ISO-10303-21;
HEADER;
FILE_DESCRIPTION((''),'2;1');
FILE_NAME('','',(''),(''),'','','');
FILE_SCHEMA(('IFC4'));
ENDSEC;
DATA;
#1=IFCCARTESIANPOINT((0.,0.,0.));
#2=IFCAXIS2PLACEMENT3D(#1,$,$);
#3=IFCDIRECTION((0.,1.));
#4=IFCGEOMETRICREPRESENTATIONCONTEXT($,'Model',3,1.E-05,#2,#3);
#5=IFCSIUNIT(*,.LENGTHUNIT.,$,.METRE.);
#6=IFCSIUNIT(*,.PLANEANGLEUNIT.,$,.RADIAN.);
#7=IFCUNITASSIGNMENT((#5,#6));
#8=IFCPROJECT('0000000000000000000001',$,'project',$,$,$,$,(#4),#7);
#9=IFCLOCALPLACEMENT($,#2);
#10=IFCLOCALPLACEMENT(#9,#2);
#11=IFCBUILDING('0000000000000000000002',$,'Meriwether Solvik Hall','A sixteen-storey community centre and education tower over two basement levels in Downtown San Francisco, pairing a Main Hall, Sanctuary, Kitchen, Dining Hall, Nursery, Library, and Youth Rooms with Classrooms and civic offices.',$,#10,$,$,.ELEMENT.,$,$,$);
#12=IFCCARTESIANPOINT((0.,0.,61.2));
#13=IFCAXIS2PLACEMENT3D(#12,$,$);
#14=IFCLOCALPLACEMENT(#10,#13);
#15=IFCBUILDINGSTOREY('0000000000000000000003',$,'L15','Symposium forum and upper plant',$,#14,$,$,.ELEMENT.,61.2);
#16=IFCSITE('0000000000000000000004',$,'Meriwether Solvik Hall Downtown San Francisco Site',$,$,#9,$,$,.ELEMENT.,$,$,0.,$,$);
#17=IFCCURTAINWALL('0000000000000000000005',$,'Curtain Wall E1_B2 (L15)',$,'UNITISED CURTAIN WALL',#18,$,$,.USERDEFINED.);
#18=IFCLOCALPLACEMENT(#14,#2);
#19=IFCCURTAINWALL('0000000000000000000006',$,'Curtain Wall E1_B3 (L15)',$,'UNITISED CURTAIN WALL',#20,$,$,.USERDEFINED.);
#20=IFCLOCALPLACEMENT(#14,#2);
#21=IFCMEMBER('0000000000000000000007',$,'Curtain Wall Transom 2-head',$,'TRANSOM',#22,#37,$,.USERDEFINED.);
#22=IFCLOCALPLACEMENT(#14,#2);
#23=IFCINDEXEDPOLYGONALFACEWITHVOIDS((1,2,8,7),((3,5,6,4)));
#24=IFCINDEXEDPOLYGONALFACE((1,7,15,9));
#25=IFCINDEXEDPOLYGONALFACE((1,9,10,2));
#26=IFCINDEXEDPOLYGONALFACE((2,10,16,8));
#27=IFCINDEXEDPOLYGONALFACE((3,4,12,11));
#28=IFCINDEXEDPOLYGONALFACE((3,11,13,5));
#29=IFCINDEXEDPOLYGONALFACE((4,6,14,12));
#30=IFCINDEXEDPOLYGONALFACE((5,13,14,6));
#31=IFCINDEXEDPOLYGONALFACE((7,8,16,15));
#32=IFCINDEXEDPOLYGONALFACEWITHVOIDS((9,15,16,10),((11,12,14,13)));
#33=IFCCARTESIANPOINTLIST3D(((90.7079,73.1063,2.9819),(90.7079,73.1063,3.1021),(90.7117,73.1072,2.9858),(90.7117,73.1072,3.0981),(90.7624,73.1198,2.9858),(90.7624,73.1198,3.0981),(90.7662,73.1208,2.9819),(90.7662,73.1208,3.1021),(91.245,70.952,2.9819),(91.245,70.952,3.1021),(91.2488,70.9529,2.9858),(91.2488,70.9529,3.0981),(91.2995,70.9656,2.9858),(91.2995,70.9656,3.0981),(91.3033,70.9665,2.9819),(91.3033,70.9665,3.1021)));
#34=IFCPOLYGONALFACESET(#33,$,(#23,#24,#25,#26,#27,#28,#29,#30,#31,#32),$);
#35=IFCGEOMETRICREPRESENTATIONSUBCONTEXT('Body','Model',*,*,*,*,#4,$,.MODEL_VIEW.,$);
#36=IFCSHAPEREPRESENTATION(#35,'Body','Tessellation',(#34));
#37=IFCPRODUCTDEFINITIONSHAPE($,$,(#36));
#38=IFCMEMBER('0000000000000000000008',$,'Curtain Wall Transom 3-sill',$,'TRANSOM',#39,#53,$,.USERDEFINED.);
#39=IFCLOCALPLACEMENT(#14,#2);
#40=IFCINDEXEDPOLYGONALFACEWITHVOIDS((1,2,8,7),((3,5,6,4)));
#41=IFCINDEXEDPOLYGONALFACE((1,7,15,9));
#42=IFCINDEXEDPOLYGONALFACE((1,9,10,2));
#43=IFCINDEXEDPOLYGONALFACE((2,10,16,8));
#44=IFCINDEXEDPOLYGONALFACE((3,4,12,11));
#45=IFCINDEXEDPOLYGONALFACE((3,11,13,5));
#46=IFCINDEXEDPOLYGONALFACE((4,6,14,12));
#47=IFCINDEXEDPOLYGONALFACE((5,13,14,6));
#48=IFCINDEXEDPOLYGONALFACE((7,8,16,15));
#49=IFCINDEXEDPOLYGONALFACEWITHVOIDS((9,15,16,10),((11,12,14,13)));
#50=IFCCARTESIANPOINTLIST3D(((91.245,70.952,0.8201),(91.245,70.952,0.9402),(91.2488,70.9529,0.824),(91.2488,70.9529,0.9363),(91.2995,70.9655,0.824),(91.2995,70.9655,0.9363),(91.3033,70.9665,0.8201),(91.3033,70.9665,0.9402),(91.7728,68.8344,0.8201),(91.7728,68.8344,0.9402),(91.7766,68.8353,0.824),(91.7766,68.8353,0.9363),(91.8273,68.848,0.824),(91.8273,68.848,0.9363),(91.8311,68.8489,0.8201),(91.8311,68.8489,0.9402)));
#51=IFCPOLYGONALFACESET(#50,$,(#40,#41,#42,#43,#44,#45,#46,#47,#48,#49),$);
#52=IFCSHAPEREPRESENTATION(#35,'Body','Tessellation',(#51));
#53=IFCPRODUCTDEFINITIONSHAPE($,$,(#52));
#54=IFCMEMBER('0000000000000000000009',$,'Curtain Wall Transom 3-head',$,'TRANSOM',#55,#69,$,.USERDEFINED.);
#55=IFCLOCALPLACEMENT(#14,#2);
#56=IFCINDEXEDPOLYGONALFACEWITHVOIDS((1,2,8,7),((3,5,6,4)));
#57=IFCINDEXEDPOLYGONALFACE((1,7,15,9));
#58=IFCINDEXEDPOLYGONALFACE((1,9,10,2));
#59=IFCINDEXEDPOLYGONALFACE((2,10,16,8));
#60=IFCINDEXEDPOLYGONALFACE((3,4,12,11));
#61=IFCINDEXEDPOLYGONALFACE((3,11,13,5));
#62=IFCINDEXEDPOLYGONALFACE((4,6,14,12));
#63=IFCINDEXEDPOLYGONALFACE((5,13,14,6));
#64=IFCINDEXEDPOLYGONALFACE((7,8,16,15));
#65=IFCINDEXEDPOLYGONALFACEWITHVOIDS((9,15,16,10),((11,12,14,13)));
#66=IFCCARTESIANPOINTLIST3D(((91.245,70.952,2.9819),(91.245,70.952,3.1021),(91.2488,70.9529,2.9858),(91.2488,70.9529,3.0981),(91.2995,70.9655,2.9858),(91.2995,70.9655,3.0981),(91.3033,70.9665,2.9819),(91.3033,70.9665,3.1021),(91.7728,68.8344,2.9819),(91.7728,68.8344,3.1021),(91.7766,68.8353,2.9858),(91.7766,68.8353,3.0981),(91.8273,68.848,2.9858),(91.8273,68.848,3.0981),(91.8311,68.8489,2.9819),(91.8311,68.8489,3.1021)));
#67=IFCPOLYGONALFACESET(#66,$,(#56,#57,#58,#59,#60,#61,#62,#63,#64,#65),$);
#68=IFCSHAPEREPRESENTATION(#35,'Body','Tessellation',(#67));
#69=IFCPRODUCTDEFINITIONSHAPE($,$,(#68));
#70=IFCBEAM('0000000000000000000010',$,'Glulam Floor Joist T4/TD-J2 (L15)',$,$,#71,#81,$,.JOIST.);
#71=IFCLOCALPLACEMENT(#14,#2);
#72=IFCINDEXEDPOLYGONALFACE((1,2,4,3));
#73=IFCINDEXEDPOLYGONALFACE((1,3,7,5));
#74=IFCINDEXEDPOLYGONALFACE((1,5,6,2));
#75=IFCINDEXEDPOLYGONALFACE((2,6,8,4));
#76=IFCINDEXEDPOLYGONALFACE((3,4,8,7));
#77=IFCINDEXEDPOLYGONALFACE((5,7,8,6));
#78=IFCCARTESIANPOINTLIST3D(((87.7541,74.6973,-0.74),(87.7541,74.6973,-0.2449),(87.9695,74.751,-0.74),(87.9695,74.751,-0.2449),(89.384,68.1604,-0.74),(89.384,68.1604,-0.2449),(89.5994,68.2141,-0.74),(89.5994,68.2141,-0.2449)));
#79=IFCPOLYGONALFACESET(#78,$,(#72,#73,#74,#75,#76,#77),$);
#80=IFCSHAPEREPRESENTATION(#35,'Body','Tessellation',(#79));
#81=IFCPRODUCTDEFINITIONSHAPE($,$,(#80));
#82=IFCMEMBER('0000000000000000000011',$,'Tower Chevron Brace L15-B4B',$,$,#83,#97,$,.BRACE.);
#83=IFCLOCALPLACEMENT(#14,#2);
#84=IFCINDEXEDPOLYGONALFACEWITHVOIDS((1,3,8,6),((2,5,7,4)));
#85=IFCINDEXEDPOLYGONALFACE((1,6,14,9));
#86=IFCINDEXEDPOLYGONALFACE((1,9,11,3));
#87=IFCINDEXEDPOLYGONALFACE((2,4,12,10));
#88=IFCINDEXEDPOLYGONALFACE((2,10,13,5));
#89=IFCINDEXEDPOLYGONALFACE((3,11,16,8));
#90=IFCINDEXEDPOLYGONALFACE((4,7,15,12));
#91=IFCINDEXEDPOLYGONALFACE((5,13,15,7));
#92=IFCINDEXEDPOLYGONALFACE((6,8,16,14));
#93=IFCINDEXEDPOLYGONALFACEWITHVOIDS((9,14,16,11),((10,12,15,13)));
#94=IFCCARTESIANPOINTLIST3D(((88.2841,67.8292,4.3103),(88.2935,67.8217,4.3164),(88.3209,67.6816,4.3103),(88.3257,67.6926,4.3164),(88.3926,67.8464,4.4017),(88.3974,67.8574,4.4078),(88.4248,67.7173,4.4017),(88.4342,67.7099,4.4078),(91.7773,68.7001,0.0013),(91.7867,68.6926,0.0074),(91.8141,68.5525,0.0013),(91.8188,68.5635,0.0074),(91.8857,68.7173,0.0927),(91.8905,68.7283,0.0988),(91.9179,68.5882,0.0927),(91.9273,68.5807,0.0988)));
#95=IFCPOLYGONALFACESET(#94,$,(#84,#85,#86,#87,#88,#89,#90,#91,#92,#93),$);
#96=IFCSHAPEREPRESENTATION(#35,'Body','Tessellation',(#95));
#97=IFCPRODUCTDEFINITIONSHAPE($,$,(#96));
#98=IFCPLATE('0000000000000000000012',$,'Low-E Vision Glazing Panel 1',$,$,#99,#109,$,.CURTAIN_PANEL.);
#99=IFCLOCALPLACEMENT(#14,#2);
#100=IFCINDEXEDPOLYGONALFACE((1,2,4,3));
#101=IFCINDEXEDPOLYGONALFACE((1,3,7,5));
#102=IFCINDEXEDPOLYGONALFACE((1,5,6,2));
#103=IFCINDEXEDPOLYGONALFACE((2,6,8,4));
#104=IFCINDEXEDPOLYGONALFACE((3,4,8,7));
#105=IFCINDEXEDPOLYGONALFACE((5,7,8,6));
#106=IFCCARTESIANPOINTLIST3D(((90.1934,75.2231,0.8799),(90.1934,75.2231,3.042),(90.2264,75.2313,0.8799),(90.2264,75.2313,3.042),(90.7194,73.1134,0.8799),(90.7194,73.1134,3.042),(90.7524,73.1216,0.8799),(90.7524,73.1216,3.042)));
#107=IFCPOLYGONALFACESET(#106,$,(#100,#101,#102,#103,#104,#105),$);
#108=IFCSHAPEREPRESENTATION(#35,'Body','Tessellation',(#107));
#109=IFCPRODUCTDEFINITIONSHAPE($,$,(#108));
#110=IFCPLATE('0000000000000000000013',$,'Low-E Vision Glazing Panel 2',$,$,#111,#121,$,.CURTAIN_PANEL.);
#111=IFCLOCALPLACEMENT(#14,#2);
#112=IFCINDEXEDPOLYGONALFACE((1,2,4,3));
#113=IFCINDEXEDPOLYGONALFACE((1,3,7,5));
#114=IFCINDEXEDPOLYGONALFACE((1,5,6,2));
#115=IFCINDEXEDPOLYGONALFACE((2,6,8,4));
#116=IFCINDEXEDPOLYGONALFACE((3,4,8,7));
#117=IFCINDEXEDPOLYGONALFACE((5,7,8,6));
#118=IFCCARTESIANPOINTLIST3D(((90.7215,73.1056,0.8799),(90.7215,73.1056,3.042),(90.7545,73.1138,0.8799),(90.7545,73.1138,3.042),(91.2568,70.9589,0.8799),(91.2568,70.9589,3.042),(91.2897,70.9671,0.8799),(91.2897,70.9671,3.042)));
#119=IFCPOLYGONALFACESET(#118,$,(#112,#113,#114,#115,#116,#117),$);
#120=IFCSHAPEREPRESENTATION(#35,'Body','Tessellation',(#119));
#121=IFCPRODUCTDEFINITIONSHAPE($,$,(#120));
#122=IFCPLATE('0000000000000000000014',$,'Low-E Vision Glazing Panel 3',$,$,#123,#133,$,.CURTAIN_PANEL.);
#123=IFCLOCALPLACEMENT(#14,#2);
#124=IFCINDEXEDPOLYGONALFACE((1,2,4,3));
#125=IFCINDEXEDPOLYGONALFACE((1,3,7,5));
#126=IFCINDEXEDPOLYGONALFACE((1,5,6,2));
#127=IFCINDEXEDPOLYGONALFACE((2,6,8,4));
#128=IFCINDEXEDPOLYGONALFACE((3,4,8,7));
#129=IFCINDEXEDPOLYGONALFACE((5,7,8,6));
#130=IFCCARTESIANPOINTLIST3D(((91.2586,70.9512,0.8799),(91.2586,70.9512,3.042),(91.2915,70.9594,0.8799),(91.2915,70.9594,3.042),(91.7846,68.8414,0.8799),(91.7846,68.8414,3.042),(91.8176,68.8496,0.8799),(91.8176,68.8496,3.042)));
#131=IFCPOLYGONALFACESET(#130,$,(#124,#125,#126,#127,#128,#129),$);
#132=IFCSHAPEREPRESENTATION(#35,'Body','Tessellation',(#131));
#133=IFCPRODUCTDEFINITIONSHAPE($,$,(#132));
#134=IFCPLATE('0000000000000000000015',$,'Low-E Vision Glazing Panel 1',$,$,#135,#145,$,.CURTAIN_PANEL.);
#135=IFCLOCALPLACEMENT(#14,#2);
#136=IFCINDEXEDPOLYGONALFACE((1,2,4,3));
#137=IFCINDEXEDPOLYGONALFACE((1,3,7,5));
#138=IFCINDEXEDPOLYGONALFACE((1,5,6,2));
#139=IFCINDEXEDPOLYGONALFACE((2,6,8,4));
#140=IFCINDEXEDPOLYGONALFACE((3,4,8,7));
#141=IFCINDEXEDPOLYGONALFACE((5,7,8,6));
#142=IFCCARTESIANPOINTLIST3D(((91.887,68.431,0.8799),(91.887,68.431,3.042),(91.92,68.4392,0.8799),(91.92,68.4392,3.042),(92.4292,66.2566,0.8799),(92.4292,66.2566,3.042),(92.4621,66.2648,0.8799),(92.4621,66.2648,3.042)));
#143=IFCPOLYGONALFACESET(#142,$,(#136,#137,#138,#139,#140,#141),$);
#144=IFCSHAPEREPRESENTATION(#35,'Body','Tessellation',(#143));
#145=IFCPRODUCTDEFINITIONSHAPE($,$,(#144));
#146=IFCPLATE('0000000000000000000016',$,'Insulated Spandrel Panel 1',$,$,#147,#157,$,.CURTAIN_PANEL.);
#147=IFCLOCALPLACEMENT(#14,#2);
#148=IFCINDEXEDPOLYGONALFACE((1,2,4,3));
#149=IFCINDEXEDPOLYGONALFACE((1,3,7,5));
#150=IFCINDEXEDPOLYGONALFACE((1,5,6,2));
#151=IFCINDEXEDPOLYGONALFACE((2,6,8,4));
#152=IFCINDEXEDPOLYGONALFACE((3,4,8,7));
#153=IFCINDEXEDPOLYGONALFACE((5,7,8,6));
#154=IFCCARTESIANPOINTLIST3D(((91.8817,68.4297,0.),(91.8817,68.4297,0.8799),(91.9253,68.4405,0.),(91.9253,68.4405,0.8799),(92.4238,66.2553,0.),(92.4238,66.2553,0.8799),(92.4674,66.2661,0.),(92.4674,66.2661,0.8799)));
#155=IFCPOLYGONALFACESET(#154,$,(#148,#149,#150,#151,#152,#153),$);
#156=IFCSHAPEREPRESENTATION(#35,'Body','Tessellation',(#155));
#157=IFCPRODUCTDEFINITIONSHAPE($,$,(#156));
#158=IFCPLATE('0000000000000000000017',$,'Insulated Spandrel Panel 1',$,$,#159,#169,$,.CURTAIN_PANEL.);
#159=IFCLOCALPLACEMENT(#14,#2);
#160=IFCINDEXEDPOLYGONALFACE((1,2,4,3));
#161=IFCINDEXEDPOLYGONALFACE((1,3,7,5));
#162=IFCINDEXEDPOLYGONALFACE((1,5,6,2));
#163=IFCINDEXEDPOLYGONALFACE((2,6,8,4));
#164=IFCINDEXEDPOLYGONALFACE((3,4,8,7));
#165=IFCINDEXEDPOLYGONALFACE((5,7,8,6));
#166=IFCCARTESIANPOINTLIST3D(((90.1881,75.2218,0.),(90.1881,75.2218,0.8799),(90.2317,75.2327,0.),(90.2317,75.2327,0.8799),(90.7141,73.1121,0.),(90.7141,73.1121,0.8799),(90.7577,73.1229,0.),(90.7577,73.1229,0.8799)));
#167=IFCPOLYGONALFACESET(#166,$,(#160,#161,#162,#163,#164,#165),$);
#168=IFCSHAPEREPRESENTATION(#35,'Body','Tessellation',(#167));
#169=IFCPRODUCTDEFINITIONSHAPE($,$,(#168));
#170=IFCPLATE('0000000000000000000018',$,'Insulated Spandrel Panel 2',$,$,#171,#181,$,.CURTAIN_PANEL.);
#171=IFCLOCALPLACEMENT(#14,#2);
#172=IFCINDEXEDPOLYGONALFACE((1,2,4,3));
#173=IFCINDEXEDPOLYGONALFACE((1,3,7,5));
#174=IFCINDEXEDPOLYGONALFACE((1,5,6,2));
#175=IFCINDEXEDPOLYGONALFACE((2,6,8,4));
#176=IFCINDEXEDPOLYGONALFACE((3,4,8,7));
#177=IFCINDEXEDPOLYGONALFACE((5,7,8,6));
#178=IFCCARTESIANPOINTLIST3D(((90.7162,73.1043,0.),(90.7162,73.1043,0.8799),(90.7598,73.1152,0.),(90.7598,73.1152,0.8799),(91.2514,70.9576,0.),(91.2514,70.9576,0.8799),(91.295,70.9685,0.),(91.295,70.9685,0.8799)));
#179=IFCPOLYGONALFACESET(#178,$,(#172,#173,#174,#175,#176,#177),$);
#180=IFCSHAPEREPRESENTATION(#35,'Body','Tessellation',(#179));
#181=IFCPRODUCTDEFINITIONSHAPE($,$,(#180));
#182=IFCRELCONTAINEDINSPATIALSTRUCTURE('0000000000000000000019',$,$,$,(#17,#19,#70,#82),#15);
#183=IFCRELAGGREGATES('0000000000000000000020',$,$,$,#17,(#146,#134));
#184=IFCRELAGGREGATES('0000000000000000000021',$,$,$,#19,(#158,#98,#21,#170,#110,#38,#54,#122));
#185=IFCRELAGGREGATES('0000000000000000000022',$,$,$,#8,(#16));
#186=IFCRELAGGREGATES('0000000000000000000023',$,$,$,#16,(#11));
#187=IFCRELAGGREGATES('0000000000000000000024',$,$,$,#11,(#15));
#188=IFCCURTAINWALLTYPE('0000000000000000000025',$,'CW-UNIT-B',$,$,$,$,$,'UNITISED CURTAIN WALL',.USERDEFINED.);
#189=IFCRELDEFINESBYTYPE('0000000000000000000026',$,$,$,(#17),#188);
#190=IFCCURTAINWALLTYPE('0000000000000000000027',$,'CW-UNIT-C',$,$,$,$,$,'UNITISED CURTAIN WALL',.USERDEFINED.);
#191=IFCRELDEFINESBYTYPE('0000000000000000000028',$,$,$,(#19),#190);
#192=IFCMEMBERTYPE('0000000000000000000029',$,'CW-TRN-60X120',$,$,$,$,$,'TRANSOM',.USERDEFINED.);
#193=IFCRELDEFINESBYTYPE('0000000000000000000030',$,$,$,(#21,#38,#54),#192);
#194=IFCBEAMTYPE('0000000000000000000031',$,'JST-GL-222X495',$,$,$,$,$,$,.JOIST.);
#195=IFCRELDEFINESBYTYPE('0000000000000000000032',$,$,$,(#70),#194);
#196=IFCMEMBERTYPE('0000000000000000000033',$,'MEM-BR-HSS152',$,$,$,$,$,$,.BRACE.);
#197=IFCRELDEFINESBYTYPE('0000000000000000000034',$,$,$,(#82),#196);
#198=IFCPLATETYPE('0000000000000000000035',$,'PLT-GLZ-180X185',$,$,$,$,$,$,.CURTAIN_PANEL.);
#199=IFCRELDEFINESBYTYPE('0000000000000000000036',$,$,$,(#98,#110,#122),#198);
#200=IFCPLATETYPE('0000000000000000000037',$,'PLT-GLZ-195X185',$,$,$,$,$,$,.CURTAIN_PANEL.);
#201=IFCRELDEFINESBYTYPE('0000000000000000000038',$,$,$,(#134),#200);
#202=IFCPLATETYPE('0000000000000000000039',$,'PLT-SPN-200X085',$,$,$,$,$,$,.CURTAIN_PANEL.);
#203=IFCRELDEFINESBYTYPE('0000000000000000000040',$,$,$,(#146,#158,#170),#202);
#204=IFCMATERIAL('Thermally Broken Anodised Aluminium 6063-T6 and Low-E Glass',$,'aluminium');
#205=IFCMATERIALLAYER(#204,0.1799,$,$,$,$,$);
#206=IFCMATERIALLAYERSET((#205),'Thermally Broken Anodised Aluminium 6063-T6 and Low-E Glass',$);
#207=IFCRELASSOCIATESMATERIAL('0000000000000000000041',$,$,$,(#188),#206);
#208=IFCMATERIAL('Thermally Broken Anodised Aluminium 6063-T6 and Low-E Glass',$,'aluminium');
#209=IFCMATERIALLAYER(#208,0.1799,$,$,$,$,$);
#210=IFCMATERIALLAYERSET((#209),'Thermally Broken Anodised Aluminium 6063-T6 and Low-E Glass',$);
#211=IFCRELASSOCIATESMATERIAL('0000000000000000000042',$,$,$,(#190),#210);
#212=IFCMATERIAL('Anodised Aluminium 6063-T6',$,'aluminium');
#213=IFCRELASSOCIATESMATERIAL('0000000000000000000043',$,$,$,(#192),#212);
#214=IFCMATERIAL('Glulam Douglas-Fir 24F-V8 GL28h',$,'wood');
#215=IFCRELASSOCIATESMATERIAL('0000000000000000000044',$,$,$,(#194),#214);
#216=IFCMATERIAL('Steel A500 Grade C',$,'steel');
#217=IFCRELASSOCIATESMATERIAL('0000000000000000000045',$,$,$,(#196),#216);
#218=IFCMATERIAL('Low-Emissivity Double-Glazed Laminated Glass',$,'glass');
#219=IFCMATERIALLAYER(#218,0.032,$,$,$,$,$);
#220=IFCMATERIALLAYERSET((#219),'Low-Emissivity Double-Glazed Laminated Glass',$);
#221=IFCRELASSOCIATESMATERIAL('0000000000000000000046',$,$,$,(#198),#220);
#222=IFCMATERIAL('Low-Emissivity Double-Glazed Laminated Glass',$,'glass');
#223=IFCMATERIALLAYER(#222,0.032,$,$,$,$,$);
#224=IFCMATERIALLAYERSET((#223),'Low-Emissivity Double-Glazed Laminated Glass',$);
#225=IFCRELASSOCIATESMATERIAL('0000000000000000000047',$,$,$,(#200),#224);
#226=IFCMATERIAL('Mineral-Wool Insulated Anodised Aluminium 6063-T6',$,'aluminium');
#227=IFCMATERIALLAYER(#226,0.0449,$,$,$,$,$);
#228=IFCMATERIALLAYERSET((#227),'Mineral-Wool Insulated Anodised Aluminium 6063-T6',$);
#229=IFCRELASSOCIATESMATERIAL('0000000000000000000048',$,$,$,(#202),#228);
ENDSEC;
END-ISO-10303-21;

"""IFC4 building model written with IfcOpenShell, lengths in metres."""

from ifc_helpers import new_model, si_unit, direction, frame, origin, origin_2d, place, context, subcontext, project, spatial, rectangle, hollow_rectangle, extrude, material, layer, layer_set, material_profile, profile_set, type_object, element, aggregate, save


model = new_model("IFC4")

# Units and contexts
model_context = context("Model", 3, precision=1e-05, world=origin(), true_north=direction((0.0, 1.0)))
body_context = subcontext(model_context, "Body", "Model", "MODEL_VIEW")
ifc_project = project(units=[si_unit("LENGTHUNIT", "METRE"), si_unit("PLANEANGLEUNIT", "RADIAN")], contexts=[model_context])

# Site, building, storey
site_placement = place(None, origin())
site = spatial("IfcSite", under=ifc_project, at=site_placement, Name="Meriwether Solvik Hall Downtown San Francisco Site", CompositionType="ELEMENT", RefElevation=0.0)
building_placement = place(site_placement, origin())
building = spatial("IfcBuilding", under=site, at=building_placement, Name="Meriwether Solvik Hall", Description="A sixteen-storey community centre and education tower over two basement levels in Downtown San Francisco, pairing a Main Hall, Sanctuary, Kitchen, Dining Hall, Nursery, Library, and Youth Rooms with Classrooms and civic offices.", CompositionType="ELEMENT")
storey_placement = place(building_placement, frame((0.0, 0.0, 61.2)))
storey = spatial("IfcBuildingStorey", under=building, at=storey_placement, Name="L15", Description="Symposium forum and upper plant", CompositionType="ELEMENT", Elevation=61.2)

# Curtain wall
ifc_material_1 = material(Name="Thermally Broken Anodised Aluminium 6063-T6 and Low-E Glass", Category="aluminium")
ifc_layer_1 = layer(ifc_material_1, 0.1799)
ifc_layer_set_1 = layer_set([ifc_layer_1], Name="Thermally Broken Anodised Aluminium 6063-T6 and Low-E Glass")
curtain_wall_type_1 = type_object("IfcCurtainWallType", Name="CW-UNIT-B", ElementType="UNITISED CURTAIN WALL", PredefinedType="USERDEFINED", material=ifc_layer_set_1)
curtain_wall_1_placement = place(storey_placement, origin())
curtain_wall_1 = element("IfcCurtainWall", 1, at=curtain_wall_1_placement, inside=storey, type_object=curtain_wall_type_1, Name="Curtain Wall E1_B2 (L15)", ObjectType="UNITISED CURTAIN WALL", PredefinedType="USERDEFINED")

# Curtain wall
ifc_material_2 = material(Name="Thermally Broken Anodised Aluminium 6063-T6 and Low-E Glass", Category="aluminium")
ifc_layer_2 = layer(ifc_material_2, 0.1799)
ifc_layer_set_2 = layer_set([ifc_layer_2], Name="Thermally Broken Anodised Aluminium 6063-T6 and Low-E Glass")
curtain_wall_type_2 = type_object("IfcCurtainWallType", Name="CW-UNIT-C", ElementType="UNITISED CURTAIN WALL", PredefinedType="USERDEFINED", material=ifc_layer_set_2)
curtain_wall_2_placement = place(storey_placement, origin())
curtain_wall_2 = element("IfcCurtainWall", 2, at=curtain_wall_2_placement, inside=storey, type_object=curtain_wall_type_2, Name="Curtain Wall E1_B3 (L15)", ObjectType="UNITISED CURTAIN WALL", PredefinedType="USERDEFINED")

# Members
ifc_material_3 = material(Name="Anodised Aluminium 6063-T6", Category="aluminium")
ifc_material_profile_1 = material_profile(ifc_material_3, hollow_rectangle(XDim=0.0601, YDim=0.1201, WallThickness=0.0039, at=origin_2d()), Name="CWT-60X120")
ifc_profile_set_1 = profile_set([ifc_material_profile_1], Name="Anodised Aluminium 6063-T6")
member_type_1 = type_object("IfcMemberType", Name="CW-TRN-60X120", ElementType="TRANSOM", PredefinedType="USERDEFINED", material=ifc_profile_set_1)
member_1_placement = place(storey_placement, frame((90.7371, 73.1135, 3.042), z_axis=(0.241915, -0.970298, 0.0), x_axis=(0.970298, 0.241915, 0.0)))
member_1 = element("IfcMember", 3, at=member_1_placement, type_object=member_type_1, Name="Curtain Wall Transom 2-head", ObjectType="TRANSOM", PredefinedType="USERDEFINED", context=body_context, shape_type="SweptSolid", body=[
    extrude(hollow_rectangle(XDim=0.0601, YDim=0.1201, WallThickness=0.0039, at=origin_2d()), origin(), (0.0, 0.0, 1.0), 2.2202),
])
member_2_placement = place(storey_placement, frame((91.2742, 70.9592, 0.8801), z_axis=(0.241851, -0.970313, 0.0), x_axis=(0.970313, 0.241851, 0.0)))
member_2 = element("IfcMember", 4, at=member_2_placement, type_object=member_type_1, Name="Curtain Wall Transom 3-sill", ObjectType="TRANSOM", PredefinedType="USERDEFINED", context=body_context, shape_type="SweptSolid", body=[
    extrude(hollow_rectangle(XDim=0.0601, YDim=0.1201, WallThickness=0.0039, at=origin_2d()), origin(), (0.0, 0.0, 1.0), 2.1824),
])
member_3_placement = place(storey_placement, frame((91.2742, 70.9592, 3.042), z_axis=(0.241851, -0.970313, 0.0), x_axis=(0.970313, 0.241851, 0.0)))
member_3 = element("IfcMember", 5, at=member_3_placement, type_object=member_type_1, Name="Curtain Wall Transom 3-head", ObjectType="TRANSOM", PredefinedType="USERDEFINED", context=body_context, shape_type="SweptSolid", body=[
    extrude(hollow_rectangle(XDim=0.0601, YDim=0.1201, WallThickness=0.0039, at=origin_2d()), origin(), (0.0, 0.0, 1.0), 2.1824),
])

# Beam
ifc_material_4 = material(Name="Glulam Douglas-Fir 24F-V8 GL28h", Category="wood")
ifc_material_profile_2 = material_profile(ifc_material_4, rectangle(XDim=0.2219, YDim=0.4951, at=origin_2d()), Name="GLJ-222X495")
ifc_profile_set_2 = profile_set([ifc_material_profile_2], Name="Glulam Douglas-Fir 24F-V8 GL28h")
beam_type_1 = type_object("IfcBeamType", Name="JST-GL-222X495", PredefinedType="JOIST", material=ifc_profile_set_2)
beam_1_placement = place(storey_placement, frame((89.4917, 68.1873, -0.4924), z_axis=(-0.24193, 0.970294, 0.0), x_axis=(-0.970294, -0.24193, 0.0)))
element("IfcBeam", 6, at=beam_1_placement, inside=storey, type_object=beam_type_1, Name="Glulam Floor Joist T4/TD-J2 (L15)", PredefinedType="JOIST", context=body_context, shape_type="SweptSolid", body=[
    extrude(rectangle(XDim=0.2219, YDim=0.4951, at=origin_2d()), origin(), (0.0, 0.0, 1.0), 6.7371),
])

# Member
ifc_material_5 = material(Name="Steel A500 Grade C", Category="steel")
ifc_material_profile_3 = material_profile(ifc_material_5, hollow_rectangle(XDim=0.1521, YDim=0.1521, WallThickness=0.0095, at=origin_2d()), Name="HSS152X152X9.5")
ifc_profile_set_3 = profile_set([ifc_material_profile_3], Name="Steel A500 Grade C")
member_type_2 = type_object("IfcMemberType", Name="MEM-BR-HSS152", PredefinedType="BRACE", material=ifc_profile_set_3)
member_4_placement = place(storey_placement, frame((91.8523, 68.6404, 0.05), z_axis=(-0.622108, -0.155092, 0.767417), x_axis=(0.241897, -0.970302, 0.0)))
element("IfcMember", 7, at=member_4_placement, inside=storey, type_object=member_type_2, Name="Tower Chevron Brace L15-B4B", PredefinedType="BRACE", context=body_context, shape_type="SweptSolid", body=[
    extrude(hollow_rectangle(XDim=0.1521, YDim=0.1521, WallThickness=0.0095, at=origin_2d()), origin(), (0.0, 0.0, 1.0), 5.615),
])

# Plates
ifc_material_6 = material(Name="Low-Emissivity Double-Glazed Laminated Glass", Category="glass")
ifc_layer_3 = layer(ifc_material_6, 0.032)
ifc_layer_set_3 = layer_set([ifc_layer_3], Name="Low-Emissivity Double-Glazed Laminated Glass")
plate_type_1 = type_object("IfcPlateType", Name="PLT-GLZ-180X185", PredefinedType="CURTAIN_PANEL", material=ifc_layer_set_3)
plate_1_placement = place(storey_placement, frame((90.4729, 74.1724, 0.8799), z_axis=(0.0, 0.0, 1.0), x_axis=(0.241922, -0.970296, 0.0)))
plate_1 = element("IfcPlate", 8, at=plate_1_placement, type_object=plate_type_1, Name="Low-E Vision Glazing Panel 1", PredefinedType="CURTAIN_PANEL", context=body_context, shape_type="SweptSolid", body=[
    extrude(rectangle(XDim=2.1743, YDim=0.0339, at=origin_2d()), origin(), (0.0, 0.0, 1.0), 2.1621),
])
plate_2_placement = place(storey_placement, frame((91.0056, 72.0364, 0.8799), z_axis=(0.0, 0.0, 1.0), x_axis=(0.241922, -0.970296, 0.0)))
plate_2 = element("IfcPlate", 9, at=plate_2_placement, type_object=plate_type_1, Name="Low-E Vision Glazing Panel 2", PredefinedType="CURTAIN_PANEL", context=body_context, shape_type="SweptSolid", body=[
    extrude(rectangle(XDim=2.2124, YDim=0.0339, at=origin_2d()), origin(), (0.0, 0.0, 1.0), 2.1621),
])
plate_3_placement = place(storey_placement, frame((91.5381, 69.9004, 0.8799), z_axis=(0.0, 0.0, 1.0), x_axis=(0.241922, -0.970296, 0.0)))
plate_3 = element("IfcPlate", 10, at=plate_3_placement, type_object=plate_type_1, Name="Low-E Vision Glazing Panel 3", PredefinedType="CURTAIN_PANEL", context=body_context, shape_type="SweptSolid", body=[
    extrude(rectangle(XDim=2.1743, YDim=0.0339, at=origin_2d()), origin(), (0.0, 0.0, 1.0), 2.1621),
])
ifc_material_7 = material(Name="Low-Emissivity Double-Glazed Laminated Glass", Category="glass")
ifc_layer_4 = layer(ifc_material_7, 0.032)
ifc_layer_set_4 = layer_set([ifc_layer_4], Name="Low-Emissivity Double-Glazed Laminated Glass")
plate_type_2 = type_object("IfcPlateType", Name="PLT-GLZ-195X185", PredefinedType="CURTAIN_PANEL", material=ifc_layer_set_4)
plate_4_placement = place(storey_placement, frame((92.1746, 67.3479, 0.8799), z_axis=(0.0, 0.0, 1.0), x_axis=(0.241922, -0.970296, 0.0)))
plate_4 = element("IfcPlate", 11, at=plate_4_placement, type_object=plate_type_2, Name="Low-E Vision Glazing Panel 1", PredefinedType="CURTAIN_PANEL", context=body_context, shape_type="SweptSolid", body=[
    extrude(rectangle(XDim=2.241, YDim=0.0339, at=origin_2d()), origin(), (0.0, 0.0, 1.0), 2.1621),
])
ifc_material_8 = material(Name="Mineral-Wool Insulated Anodised Aluminium 6063-T6", Category="aluminium")
ifc_layer_5 = layer(ifc_material_8, 0.0449)
ifc_layer_set_5 = layer_set([ifc_layer_5], Name="Mineral-Wool Insulated Anodised Aluminium 6063-T6")
plate_type_3 = type_object("IfcPlateType", Name="PLT-SPN-200X085", PredefinedType="CURTAIN_PANEL", material=ifc_layer_set_5)
plate_5_placement = place(storey_placement, frame((92.1746, 67.3479, 0.0), z_axis=(0.0, 0.0, 1.0), x_axis=(0.241922, -0.970296, 0.0)))
plate_5 = element("IfcPlate", 12, at=plate_5_placement, type_object=plate_type_3, Name="Insulated Spandrel Panel 1", PredefinedType="CURTAIN_PANEL", context=body_context, shape_type="SweptSolid", body=[
    extrude(rectangle(XDim=2.241, YDim=0.0449, at=origin_2d()), origin(), (0.0, 0.0, 1.0), 0.8799),
])
aggregate(curtain_wall_1, [plate_5, plate_4])
plate_6_placement = place(storey_placement, frame((90.4729, 74.1724, 0.0), z_axis=(0.0, 0.0, 1.0), x_axis=(0.241922, -0.970296, 0.0)))
plate_6 = element("IfcPlate", 13, at=plate_6_placement, type_object=plate_type_3, Name="Insulated Spandrel Panel 1", PredefinedType="CURTAIN_PANEL", context=body_context, shape_type="SweptSolid", body=[
    extrude(rectangle(XDim=2.1743, YDim=0.0449, at=origin_2d()), origin(), (0.0, 0.0, 1.0), 0.8799),
])
plate_7_placement = place(storey_placement, frame((91.0056, 72.0364, 0.0), z_axis=(0.0, 0.0, 1.0), x_axis=(0.241922, -0.970296, 0.0)))
plate_7 = element("IfcPlate", 14, at=plate_7_placement, type_object=plate_type_3, Name="Insulated Spandrel Panel 2", PredefinedType="CURTAIN_PANEL", context=body_context, shape_type="SweptSolid", body=[
    extrude(rectangle(XDim=2.2124, YDim=0.0449, at=origin_2d()), origin(), (0.0, 0.0, 1.0), 0.8799),
])
aggregate(curtain_wall_2, [plate_6, plate_1, member_1, plate_7, plate_2, member_2, member_3, plate_3])

save(model, "model.ifc")
